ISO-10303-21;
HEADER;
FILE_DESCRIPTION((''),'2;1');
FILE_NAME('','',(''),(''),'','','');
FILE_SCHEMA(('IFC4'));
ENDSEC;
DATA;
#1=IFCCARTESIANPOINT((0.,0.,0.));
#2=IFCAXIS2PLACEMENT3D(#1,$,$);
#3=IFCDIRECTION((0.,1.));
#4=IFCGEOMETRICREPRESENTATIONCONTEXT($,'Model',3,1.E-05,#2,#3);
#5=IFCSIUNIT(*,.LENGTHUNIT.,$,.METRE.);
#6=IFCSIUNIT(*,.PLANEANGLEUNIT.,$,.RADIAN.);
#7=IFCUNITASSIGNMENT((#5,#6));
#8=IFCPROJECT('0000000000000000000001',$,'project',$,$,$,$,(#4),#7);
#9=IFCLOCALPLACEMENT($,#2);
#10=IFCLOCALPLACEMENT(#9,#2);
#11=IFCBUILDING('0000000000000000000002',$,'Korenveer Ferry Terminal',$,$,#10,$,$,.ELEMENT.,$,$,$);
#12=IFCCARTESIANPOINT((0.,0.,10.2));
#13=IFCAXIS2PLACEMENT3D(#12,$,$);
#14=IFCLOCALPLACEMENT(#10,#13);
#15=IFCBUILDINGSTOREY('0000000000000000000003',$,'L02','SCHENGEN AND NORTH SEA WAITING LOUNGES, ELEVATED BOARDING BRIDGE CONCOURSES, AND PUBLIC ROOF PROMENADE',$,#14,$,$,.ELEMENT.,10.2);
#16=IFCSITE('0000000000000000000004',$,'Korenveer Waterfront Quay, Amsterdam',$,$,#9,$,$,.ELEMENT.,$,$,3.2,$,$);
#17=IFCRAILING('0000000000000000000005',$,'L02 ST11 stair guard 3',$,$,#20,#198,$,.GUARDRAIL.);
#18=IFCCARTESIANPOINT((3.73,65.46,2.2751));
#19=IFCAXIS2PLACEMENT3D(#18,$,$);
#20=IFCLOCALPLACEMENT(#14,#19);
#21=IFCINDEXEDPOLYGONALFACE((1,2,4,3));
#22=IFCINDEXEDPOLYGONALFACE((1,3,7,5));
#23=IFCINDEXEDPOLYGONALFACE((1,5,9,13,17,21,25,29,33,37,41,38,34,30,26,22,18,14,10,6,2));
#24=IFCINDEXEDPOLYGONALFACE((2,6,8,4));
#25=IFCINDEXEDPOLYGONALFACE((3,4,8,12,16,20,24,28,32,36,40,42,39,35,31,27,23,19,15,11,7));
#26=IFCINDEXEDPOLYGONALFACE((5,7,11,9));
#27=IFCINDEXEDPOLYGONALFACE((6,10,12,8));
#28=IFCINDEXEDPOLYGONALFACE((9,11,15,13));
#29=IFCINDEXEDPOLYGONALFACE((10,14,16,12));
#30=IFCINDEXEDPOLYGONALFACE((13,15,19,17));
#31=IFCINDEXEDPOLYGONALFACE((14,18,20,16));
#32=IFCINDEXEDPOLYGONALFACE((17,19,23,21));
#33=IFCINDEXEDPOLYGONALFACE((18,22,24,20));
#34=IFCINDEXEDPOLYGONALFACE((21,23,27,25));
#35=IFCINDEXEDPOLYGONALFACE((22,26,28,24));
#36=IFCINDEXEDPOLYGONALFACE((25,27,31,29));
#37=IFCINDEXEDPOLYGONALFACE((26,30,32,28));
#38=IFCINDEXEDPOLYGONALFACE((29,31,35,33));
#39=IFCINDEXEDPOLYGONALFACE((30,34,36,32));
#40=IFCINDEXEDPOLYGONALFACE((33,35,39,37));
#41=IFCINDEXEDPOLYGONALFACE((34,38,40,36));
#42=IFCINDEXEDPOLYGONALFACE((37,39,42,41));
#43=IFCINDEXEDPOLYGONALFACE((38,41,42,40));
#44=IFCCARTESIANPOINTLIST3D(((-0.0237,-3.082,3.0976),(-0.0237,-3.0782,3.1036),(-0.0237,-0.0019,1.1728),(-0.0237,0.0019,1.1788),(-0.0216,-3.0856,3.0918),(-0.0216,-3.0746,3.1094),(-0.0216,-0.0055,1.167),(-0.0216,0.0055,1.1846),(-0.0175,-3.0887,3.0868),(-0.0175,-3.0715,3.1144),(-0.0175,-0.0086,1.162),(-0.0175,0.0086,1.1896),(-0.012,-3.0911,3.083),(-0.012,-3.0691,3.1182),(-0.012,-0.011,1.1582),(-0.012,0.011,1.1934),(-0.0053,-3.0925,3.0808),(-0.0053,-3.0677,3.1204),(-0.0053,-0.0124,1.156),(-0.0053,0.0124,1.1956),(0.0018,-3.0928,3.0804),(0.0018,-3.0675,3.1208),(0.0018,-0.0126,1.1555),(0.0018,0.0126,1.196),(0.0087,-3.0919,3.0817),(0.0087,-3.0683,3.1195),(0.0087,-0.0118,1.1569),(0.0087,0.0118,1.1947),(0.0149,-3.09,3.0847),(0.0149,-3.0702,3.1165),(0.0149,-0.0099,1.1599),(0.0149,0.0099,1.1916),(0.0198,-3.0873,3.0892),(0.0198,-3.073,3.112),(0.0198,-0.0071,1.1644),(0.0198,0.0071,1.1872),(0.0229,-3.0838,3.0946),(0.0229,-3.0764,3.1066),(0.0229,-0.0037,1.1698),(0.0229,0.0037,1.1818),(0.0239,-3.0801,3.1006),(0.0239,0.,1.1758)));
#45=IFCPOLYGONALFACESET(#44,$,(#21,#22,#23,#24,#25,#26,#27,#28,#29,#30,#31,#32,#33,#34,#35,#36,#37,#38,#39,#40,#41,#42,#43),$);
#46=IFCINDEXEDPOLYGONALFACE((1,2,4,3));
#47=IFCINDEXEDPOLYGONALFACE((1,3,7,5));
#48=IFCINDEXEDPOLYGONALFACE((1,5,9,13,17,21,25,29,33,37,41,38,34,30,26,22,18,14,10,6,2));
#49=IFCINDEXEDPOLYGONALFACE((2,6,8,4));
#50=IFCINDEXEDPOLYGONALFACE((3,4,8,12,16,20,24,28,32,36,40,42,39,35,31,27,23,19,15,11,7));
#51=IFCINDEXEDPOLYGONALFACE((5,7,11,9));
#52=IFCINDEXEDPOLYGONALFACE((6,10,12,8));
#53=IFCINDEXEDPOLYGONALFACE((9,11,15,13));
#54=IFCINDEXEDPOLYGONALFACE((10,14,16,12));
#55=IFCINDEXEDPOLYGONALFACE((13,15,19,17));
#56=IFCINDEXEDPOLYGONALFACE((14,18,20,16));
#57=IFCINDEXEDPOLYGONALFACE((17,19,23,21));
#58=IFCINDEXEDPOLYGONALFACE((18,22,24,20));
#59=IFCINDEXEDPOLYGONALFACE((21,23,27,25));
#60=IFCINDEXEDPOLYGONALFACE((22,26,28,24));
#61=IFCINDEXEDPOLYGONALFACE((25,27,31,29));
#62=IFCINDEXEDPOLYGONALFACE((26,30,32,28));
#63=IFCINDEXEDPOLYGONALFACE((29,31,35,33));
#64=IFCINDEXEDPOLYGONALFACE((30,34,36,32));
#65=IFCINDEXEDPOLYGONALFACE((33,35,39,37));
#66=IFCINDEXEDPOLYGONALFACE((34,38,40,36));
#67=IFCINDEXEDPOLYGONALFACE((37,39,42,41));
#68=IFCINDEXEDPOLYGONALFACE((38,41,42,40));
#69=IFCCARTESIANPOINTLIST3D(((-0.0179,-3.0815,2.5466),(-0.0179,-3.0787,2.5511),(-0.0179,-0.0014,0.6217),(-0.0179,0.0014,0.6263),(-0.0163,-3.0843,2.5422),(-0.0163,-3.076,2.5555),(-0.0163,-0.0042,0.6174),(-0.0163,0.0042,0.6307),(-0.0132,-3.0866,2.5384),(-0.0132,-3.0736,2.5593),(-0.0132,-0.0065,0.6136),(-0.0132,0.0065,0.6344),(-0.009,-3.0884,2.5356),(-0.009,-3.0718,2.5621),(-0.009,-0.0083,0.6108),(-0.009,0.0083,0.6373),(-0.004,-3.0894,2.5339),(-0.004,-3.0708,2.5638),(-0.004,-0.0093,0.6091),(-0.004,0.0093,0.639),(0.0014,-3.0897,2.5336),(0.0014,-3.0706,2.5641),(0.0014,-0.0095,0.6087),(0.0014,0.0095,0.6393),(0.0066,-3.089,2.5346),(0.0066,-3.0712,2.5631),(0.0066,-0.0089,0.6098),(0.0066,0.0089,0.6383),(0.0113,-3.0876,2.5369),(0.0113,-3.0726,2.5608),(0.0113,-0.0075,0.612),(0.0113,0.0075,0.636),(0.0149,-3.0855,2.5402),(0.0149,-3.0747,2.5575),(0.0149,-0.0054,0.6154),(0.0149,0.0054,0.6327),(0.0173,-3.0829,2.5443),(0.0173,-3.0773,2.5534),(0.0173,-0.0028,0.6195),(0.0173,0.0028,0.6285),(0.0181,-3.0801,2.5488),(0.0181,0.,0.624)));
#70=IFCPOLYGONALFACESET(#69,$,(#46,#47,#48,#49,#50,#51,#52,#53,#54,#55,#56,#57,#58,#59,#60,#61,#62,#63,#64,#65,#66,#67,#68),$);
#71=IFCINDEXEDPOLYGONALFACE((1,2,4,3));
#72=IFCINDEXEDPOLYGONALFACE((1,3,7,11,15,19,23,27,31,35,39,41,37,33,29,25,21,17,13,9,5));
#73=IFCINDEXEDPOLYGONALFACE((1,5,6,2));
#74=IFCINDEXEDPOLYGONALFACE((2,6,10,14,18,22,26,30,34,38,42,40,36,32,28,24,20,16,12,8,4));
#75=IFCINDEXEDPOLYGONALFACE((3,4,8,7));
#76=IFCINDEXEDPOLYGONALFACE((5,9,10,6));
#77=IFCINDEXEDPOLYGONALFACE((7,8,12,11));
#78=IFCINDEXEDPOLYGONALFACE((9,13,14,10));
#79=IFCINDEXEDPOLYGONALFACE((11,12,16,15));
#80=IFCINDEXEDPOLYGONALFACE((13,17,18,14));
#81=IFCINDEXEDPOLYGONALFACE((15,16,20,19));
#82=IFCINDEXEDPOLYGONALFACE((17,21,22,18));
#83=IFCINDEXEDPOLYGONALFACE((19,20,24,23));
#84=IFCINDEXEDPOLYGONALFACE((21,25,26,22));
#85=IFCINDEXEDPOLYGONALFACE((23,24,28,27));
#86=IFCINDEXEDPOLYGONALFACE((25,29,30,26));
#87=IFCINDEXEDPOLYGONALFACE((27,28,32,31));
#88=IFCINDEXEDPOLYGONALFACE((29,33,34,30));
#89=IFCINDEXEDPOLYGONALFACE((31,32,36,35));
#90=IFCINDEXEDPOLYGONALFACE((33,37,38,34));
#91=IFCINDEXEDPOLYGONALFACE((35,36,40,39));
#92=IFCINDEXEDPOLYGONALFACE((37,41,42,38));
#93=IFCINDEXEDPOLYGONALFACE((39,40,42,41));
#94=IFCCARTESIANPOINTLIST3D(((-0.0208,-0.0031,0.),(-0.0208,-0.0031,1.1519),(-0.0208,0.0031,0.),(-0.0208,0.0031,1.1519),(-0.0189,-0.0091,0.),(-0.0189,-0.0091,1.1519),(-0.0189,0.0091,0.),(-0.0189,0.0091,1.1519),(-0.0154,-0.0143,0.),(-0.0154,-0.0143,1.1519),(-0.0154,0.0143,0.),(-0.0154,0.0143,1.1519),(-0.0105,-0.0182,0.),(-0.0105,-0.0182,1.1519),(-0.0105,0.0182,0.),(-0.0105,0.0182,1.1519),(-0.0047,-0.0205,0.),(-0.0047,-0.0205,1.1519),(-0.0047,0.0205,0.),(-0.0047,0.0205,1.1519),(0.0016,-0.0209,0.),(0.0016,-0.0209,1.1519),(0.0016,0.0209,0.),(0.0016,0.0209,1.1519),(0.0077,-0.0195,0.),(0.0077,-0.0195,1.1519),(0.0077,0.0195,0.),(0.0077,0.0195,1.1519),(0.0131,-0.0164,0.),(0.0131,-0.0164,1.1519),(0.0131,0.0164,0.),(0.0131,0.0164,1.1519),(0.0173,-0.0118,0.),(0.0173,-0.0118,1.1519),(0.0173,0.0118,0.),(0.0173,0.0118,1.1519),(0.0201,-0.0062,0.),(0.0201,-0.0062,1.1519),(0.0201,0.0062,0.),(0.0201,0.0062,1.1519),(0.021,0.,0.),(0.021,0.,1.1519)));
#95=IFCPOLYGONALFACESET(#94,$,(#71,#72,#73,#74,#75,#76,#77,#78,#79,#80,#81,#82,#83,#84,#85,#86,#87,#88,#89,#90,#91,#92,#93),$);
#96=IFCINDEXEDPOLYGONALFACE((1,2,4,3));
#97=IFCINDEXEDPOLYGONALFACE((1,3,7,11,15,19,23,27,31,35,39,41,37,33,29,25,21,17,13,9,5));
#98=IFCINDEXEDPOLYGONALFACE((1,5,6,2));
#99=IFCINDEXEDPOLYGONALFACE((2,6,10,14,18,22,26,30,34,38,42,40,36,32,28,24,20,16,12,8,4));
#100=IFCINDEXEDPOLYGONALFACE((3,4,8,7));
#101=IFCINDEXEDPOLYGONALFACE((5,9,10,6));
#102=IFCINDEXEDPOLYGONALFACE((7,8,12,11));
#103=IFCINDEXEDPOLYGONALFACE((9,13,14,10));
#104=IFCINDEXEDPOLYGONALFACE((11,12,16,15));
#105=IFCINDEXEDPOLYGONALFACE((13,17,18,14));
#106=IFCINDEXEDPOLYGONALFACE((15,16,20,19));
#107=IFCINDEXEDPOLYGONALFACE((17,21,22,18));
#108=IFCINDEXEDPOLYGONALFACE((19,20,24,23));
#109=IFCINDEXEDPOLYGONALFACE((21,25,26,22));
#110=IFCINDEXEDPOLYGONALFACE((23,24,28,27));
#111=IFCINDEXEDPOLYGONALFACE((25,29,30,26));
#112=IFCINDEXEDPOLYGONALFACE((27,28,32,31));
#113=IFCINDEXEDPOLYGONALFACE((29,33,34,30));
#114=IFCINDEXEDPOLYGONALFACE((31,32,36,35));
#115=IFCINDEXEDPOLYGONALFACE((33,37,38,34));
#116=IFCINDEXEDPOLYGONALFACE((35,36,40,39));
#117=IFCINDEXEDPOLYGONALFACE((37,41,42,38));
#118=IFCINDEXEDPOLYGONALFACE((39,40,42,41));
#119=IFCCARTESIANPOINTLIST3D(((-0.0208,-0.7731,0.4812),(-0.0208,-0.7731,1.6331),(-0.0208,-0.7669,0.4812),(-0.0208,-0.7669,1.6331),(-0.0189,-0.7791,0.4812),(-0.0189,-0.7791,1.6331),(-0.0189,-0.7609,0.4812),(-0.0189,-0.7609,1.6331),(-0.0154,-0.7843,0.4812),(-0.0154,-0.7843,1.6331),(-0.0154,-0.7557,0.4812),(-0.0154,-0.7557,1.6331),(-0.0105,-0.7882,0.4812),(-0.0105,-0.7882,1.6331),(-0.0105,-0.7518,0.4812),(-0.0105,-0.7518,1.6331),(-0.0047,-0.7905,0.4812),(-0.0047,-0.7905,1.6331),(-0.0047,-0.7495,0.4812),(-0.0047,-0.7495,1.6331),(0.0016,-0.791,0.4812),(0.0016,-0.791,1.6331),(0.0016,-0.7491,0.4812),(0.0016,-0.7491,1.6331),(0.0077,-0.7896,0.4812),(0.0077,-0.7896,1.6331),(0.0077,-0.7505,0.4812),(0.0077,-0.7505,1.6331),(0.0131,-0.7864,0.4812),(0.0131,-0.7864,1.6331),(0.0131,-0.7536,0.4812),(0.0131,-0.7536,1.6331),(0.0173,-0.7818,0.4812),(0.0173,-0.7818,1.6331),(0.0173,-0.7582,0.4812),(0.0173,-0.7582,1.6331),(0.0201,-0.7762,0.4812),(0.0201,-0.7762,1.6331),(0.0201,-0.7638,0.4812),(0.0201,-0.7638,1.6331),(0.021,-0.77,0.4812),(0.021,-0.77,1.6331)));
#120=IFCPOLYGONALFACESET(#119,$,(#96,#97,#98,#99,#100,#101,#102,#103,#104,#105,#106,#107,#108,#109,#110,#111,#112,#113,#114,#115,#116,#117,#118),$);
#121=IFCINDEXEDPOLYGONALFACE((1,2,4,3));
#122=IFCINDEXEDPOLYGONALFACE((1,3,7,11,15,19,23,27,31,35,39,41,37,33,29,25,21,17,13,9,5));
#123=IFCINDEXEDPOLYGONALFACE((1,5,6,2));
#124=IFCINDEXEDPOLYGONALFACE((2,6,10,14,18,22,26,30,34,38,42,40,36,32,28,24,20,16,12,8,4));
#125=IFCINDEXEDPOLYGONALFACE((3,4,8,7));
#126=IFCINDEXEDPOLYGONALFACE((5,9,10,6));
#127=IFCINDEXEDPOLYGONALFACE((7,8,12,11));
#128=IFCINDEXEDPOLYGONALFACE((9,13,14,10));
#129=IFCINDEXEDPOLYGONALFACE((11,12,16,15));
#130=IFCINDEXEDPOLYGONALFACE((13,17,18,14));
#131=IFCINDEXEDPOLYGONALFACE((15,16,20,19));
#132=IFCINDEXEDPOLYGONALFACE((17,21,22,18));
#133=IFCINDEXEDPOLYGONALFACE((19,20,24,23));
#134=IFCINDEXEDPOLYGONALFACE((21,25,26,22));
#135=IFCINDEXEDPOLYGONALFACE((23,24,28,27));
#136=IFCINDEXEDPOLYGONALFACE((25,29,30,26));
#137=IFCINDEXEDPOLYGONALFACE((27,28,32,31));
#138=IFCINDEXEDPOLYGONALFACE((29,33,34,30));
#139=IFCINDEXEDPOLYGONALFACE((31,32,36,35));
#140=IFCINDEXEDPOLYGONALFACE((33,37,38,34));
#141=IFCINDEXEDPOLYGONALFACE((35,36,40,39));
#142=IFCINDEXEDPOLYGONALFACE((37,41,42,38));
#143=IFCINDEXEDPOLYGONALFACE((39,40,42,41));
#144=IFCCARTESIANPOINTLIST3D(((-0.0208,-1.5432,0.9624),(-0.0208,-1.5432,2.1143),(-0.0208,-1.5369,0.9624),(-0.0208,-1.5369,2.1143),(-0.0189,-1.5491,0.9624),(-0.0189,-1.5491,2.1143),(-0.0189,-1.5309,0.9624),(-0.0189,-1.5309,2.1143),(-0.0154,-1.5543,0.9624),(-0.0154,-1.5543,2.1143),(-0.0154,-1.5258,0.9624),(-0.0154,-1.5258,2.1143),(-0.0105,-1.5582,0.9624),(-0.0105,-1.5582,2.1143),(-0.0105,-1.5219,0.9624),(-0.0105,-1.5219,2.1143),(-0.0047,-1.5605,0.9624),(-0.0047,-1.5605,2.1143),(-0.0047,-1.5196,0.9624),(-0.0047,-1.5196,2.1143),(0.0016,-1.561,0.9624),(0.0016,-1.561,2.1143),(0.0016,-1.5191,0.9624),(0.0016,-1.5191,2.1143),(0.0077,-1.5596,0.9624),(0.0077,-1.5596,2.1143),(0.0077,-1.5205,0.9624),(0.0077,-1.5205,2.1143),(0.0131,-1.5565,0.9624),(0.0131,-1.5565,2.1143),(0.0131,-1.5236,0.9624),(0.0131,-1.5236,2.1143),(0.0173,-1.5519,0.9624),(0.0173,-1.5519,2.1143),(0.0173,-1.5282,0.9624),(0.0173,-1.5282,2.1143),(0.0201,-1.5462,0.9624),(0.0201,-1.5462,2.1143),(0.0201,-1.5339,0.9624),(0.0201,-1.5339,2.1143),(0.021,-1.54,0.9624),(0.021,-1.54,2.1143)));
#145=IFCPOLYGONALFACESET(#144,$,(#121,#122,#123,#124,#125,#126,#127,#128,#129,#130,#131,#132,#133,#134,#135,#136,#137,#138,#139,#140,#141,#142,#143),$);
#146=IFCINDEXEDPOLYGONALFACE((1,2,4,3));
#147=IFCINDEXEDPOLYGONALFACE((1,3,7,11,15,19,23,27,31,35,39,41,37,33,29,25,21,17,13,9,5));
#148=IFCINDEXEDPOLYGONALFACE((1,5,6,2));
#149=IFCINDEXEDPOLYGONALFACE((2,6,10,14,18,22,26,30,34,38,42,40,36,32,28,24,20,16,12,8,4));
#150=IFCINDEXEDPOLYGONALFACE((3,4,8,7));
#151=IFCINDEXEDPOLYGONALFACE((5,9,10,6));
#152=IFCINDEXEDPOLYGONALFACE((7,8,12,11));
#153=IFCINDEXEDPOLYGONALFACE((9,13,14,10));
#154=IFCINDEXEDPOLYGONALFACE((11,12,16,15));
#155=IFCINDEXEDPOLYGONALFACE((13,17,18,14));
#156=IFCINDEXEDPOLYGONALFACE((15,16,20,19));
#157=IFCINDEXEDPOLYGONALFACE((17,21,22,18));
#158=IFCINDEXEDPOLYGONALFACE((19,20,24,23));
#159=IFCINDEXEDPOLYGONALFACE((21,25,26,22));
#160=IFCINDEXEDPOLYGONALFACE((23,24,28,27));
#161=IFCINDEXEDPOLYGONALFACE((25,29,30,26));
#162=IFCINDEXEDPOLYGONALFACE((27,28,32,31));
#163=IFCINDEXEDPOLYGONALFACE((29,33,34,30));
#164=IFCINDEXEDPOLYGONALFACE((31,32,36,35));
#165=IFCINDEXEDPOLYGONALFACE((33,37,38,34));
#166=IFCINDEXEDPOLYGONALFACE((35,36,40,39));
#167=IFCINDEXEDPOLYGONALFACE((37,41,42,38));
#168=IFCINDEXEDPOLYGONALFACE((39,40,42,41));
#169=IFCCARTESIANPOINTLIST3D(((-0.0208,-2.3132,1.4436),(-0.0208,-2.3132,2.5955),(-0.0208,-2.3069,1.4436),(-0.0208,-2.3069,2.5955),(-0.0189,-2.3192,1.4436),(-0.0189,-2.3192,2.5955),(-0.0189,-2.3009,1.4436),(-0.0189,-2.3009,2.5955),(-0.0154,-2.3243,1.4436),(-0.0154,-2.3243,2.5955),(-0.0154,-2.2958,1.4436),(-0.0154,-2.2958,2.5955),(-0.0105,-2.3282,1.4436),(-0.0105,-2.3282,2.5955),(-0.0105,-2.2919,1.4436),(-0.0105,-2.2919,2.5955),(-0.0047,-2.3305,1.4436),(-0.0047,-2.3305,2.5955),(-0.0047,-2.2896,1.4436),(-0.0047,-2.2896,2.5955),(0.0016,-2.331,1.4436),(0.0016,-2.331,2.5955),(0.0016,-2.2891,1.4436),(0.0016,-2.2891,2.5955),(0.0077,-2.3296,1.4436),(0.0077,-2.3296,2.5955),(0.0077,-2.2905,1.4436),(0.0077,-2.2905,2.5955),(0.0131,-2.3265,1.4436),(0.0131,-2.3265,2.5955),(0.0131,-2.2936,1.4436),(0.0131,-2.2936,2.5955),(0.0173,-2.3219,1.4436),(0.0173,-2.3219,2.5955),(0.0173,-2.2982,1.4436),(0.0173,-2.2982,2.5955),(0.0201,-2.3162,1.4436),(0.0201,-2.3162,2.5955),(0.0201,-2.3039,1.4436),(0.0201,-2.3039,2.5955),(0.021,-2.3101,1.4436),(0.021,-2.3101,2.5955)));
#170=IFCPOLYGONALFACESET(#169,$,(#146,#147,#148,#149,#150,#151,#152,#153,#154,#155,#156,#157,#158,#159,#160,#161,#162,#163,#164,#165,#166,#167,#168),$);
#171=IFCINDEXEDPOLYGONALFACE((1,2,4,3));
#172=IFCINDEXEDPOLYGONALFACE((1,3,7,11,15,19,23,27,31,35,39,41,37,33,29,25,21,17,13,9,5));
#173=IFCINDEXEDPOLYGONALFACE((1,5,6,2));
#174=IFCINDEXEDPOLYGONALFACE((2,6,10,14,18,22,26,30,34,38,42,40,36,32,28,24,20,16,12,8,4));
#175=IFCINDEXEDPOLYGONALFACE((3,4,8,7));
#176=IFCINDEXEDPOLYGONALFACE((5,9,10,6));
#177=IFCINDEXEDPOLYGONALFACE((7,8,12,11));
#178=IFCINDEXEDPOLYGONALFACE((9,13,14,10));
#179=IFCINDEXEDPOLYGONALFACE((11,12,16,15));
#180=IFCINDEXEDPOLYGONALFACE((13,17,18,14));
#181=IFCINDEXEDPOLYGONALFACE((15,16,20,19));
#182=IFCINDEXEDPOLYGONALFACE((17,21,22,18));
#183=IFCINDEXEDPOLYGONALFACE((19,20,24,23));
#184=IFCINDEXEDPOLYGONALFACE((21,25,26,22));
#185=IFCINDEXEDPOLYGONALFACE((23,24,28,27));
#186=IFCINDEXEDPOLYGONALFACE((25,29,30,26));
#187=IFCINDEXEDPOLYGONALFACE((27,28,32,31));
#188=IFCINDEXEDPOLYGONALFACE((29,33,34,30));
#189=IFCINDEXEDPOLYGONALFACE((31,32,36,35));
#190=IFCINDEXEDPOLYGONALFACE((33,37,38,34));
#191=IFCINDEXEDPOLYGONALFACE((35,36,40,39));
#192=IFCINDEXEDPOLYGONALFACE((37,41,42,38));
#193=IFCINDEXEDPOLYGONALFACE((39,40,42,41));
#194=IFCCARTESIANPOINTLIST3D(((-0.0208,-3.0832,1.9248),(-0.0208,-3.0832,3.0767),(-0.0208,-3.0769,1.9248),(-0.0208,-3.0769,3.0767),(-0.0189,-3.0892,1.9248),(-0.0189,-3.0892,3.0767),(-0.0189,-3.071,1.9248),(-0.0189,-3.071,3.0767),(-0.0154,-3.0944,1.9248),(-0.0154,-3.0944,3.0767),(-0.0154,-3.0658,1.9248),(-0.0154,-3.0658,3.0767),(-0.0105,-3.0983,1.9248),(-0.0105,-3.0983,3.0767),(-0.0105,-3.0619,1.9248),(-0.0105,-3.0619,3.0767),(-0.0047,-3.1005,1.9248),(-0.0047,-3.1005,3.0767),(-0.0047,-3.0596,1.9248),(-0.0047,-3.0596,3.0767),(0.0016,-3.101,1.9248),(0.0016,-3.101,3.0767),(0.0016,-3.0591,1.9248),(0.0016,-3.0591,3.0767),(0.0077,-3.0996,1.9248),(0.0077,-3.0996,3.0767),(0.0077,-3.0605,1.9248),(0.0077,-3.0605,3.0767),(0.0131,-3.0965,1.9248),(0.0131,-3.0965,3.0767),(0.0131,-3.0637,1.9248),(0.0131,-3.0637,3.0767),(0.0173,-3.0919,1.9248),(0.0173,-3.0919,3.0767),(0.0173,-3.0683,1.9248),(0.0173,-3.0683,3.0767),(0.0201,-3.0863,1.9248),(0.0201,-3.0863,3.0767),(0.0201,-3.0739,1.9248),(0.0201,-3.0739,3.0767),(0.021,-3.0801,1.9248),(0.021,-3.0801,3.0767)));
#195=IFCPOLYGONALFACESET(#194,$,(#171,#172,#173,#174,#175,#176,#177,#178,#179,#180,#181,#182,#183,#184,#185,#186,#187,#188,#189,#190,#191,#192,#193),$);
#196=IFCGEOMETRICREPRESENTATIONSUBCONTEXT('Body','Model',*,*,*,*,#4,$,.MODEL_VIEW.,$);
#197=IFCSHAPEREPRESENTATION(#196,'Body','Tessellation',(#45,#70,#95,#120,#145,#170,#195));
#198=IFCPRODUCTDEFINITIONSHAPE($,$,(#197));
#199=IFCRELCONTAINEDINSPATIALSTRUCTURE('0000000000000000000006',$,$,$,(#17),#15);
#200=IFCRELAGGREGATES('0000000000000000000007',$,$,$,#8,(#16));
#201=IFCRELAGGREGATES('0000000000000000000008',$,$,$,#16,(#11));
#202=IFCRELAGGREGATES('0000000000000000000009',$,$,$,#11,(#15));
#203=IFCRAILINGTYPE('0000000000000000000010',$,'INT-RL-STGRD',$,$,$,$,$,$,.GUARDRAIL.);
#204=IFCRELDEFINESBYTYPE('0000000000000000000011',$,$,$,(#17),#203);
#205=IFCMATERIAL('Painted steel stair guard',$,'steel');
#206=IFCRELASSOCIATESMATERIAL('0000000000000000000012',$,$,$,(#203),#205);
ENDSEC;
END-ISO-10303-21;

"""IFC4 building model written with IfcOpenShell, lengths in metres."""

from ifc_helpers import new_model, si_unit, direction, frame, origin, origin_2d, place, context, subcontext, project, spatial, circle, extrude, material, type_object, element, save


model = new_model("IFC4")

# Units and contexts
model_context = context("Model", 3, precision=1e-05, world=origin(), true_north=direction((0.0, 1.0)))
body_context = subcontext(model_context, "Body", "Model", "MODEL_VIEW")
ifc_project = project(units=[si_unit("LENGTHUNIT", "METRE"), si_unit("PLANEANGLEUNIT", "RADIAN")], contexts=[model_context])

# Site, building, storey
site_placement = place(None, origin())
site = spatial("IfcSite", under=ifc_project, at=site_placement, Name="Korenveer Waterfront Quay, Amsterdam", CompositionType="ELEMENT", RefElevation=3.2)
building_placement = place(site_placement, origin())
building = spatial("IfcBuilding", under=site, at=building_placement, Name="Korenveer Ferry Terminal", CompositionType="ELEMENT")
storey_placement = place(building_placement, frame((0.0, 0.0, 10.2)))
storey = spatial("IfcBuildingStorey", under=building, at=storey_placement, Name="L02", Description="SCHENGEN AND NORTH SEA WAITING LOUNGES, ELEVATED BOARDING BRIDGE CONCOURSES, AND PUBLIC ROOF PROMENADE", CompositionType="ELEMENT", Elevation=10.2)

# Railing
ifc_material_1 = material(Name="Painted steel stair guard", Category="steel")
railing_type_1 = type_object("IfcRailingType", Name="INT-RL-STGRD", PredefinedType="GUARDRAIL", material=ifc_material_1)
railing_1_placement = place(storey_placement, frame((3.73, 65.46, 2.2751)))
element("IfcRailing", 1, at=railing_1_placement, inside=storey, type_object=railing_type_1, Name="L02 ST11 stair guard 3", PredefinedType="GUARDRAIL", context=body_context, shape_type="SweptSolid", body=[
    extrude(circle(Radius=0.0239, at=origin_2d()), frame((0.0, 0.0, 1.1758), z_axis=(0.0, -0.848029, 0.529951), x_axis=(1.0, 0.0, 0.0)), (0.0, 0.0, 1.0), 3.6321),
    extrude(circle(Radius=0.0181, at=origin_2d()), frame((0.0, 0.0, 0.624), z_axis=(0.0, -0.848029, 0.529951), x_axis=(1.0, 0.0, 0.0)), (0.0, 0.0, 1.0), 3.6321),
    extrude(circle(Radius=0.021, at=origin_2d()), origin(), (0.0, 0.0, 1.0), 1.1519),
    extrude(circle(Radius=0.021, at=origin_2d()), frame((0.0, -0.77, 0.4812)), (0.0, 0.0, 1.0), 1.1519),
    extrude(circle(Radius=0.021, at=origin_2d()), frame((0.0, -1.54, 0.9624)), (0.0, 0.0, 1.0), 1.1519),
    extrude(circle(Radius=0.021, at=origin_2d()), frame((0.0, -2.3101, 1.4436)), (0.0, 0.0, 1.0), 1.1519),
    extrude(circle(Radius=0.021, at=origin_2d()), frame((0.0, -3.0801, 1.9248)), (0.0, 0.0, 1.0), 1.1519),
])

save(model, "model.ifc")
